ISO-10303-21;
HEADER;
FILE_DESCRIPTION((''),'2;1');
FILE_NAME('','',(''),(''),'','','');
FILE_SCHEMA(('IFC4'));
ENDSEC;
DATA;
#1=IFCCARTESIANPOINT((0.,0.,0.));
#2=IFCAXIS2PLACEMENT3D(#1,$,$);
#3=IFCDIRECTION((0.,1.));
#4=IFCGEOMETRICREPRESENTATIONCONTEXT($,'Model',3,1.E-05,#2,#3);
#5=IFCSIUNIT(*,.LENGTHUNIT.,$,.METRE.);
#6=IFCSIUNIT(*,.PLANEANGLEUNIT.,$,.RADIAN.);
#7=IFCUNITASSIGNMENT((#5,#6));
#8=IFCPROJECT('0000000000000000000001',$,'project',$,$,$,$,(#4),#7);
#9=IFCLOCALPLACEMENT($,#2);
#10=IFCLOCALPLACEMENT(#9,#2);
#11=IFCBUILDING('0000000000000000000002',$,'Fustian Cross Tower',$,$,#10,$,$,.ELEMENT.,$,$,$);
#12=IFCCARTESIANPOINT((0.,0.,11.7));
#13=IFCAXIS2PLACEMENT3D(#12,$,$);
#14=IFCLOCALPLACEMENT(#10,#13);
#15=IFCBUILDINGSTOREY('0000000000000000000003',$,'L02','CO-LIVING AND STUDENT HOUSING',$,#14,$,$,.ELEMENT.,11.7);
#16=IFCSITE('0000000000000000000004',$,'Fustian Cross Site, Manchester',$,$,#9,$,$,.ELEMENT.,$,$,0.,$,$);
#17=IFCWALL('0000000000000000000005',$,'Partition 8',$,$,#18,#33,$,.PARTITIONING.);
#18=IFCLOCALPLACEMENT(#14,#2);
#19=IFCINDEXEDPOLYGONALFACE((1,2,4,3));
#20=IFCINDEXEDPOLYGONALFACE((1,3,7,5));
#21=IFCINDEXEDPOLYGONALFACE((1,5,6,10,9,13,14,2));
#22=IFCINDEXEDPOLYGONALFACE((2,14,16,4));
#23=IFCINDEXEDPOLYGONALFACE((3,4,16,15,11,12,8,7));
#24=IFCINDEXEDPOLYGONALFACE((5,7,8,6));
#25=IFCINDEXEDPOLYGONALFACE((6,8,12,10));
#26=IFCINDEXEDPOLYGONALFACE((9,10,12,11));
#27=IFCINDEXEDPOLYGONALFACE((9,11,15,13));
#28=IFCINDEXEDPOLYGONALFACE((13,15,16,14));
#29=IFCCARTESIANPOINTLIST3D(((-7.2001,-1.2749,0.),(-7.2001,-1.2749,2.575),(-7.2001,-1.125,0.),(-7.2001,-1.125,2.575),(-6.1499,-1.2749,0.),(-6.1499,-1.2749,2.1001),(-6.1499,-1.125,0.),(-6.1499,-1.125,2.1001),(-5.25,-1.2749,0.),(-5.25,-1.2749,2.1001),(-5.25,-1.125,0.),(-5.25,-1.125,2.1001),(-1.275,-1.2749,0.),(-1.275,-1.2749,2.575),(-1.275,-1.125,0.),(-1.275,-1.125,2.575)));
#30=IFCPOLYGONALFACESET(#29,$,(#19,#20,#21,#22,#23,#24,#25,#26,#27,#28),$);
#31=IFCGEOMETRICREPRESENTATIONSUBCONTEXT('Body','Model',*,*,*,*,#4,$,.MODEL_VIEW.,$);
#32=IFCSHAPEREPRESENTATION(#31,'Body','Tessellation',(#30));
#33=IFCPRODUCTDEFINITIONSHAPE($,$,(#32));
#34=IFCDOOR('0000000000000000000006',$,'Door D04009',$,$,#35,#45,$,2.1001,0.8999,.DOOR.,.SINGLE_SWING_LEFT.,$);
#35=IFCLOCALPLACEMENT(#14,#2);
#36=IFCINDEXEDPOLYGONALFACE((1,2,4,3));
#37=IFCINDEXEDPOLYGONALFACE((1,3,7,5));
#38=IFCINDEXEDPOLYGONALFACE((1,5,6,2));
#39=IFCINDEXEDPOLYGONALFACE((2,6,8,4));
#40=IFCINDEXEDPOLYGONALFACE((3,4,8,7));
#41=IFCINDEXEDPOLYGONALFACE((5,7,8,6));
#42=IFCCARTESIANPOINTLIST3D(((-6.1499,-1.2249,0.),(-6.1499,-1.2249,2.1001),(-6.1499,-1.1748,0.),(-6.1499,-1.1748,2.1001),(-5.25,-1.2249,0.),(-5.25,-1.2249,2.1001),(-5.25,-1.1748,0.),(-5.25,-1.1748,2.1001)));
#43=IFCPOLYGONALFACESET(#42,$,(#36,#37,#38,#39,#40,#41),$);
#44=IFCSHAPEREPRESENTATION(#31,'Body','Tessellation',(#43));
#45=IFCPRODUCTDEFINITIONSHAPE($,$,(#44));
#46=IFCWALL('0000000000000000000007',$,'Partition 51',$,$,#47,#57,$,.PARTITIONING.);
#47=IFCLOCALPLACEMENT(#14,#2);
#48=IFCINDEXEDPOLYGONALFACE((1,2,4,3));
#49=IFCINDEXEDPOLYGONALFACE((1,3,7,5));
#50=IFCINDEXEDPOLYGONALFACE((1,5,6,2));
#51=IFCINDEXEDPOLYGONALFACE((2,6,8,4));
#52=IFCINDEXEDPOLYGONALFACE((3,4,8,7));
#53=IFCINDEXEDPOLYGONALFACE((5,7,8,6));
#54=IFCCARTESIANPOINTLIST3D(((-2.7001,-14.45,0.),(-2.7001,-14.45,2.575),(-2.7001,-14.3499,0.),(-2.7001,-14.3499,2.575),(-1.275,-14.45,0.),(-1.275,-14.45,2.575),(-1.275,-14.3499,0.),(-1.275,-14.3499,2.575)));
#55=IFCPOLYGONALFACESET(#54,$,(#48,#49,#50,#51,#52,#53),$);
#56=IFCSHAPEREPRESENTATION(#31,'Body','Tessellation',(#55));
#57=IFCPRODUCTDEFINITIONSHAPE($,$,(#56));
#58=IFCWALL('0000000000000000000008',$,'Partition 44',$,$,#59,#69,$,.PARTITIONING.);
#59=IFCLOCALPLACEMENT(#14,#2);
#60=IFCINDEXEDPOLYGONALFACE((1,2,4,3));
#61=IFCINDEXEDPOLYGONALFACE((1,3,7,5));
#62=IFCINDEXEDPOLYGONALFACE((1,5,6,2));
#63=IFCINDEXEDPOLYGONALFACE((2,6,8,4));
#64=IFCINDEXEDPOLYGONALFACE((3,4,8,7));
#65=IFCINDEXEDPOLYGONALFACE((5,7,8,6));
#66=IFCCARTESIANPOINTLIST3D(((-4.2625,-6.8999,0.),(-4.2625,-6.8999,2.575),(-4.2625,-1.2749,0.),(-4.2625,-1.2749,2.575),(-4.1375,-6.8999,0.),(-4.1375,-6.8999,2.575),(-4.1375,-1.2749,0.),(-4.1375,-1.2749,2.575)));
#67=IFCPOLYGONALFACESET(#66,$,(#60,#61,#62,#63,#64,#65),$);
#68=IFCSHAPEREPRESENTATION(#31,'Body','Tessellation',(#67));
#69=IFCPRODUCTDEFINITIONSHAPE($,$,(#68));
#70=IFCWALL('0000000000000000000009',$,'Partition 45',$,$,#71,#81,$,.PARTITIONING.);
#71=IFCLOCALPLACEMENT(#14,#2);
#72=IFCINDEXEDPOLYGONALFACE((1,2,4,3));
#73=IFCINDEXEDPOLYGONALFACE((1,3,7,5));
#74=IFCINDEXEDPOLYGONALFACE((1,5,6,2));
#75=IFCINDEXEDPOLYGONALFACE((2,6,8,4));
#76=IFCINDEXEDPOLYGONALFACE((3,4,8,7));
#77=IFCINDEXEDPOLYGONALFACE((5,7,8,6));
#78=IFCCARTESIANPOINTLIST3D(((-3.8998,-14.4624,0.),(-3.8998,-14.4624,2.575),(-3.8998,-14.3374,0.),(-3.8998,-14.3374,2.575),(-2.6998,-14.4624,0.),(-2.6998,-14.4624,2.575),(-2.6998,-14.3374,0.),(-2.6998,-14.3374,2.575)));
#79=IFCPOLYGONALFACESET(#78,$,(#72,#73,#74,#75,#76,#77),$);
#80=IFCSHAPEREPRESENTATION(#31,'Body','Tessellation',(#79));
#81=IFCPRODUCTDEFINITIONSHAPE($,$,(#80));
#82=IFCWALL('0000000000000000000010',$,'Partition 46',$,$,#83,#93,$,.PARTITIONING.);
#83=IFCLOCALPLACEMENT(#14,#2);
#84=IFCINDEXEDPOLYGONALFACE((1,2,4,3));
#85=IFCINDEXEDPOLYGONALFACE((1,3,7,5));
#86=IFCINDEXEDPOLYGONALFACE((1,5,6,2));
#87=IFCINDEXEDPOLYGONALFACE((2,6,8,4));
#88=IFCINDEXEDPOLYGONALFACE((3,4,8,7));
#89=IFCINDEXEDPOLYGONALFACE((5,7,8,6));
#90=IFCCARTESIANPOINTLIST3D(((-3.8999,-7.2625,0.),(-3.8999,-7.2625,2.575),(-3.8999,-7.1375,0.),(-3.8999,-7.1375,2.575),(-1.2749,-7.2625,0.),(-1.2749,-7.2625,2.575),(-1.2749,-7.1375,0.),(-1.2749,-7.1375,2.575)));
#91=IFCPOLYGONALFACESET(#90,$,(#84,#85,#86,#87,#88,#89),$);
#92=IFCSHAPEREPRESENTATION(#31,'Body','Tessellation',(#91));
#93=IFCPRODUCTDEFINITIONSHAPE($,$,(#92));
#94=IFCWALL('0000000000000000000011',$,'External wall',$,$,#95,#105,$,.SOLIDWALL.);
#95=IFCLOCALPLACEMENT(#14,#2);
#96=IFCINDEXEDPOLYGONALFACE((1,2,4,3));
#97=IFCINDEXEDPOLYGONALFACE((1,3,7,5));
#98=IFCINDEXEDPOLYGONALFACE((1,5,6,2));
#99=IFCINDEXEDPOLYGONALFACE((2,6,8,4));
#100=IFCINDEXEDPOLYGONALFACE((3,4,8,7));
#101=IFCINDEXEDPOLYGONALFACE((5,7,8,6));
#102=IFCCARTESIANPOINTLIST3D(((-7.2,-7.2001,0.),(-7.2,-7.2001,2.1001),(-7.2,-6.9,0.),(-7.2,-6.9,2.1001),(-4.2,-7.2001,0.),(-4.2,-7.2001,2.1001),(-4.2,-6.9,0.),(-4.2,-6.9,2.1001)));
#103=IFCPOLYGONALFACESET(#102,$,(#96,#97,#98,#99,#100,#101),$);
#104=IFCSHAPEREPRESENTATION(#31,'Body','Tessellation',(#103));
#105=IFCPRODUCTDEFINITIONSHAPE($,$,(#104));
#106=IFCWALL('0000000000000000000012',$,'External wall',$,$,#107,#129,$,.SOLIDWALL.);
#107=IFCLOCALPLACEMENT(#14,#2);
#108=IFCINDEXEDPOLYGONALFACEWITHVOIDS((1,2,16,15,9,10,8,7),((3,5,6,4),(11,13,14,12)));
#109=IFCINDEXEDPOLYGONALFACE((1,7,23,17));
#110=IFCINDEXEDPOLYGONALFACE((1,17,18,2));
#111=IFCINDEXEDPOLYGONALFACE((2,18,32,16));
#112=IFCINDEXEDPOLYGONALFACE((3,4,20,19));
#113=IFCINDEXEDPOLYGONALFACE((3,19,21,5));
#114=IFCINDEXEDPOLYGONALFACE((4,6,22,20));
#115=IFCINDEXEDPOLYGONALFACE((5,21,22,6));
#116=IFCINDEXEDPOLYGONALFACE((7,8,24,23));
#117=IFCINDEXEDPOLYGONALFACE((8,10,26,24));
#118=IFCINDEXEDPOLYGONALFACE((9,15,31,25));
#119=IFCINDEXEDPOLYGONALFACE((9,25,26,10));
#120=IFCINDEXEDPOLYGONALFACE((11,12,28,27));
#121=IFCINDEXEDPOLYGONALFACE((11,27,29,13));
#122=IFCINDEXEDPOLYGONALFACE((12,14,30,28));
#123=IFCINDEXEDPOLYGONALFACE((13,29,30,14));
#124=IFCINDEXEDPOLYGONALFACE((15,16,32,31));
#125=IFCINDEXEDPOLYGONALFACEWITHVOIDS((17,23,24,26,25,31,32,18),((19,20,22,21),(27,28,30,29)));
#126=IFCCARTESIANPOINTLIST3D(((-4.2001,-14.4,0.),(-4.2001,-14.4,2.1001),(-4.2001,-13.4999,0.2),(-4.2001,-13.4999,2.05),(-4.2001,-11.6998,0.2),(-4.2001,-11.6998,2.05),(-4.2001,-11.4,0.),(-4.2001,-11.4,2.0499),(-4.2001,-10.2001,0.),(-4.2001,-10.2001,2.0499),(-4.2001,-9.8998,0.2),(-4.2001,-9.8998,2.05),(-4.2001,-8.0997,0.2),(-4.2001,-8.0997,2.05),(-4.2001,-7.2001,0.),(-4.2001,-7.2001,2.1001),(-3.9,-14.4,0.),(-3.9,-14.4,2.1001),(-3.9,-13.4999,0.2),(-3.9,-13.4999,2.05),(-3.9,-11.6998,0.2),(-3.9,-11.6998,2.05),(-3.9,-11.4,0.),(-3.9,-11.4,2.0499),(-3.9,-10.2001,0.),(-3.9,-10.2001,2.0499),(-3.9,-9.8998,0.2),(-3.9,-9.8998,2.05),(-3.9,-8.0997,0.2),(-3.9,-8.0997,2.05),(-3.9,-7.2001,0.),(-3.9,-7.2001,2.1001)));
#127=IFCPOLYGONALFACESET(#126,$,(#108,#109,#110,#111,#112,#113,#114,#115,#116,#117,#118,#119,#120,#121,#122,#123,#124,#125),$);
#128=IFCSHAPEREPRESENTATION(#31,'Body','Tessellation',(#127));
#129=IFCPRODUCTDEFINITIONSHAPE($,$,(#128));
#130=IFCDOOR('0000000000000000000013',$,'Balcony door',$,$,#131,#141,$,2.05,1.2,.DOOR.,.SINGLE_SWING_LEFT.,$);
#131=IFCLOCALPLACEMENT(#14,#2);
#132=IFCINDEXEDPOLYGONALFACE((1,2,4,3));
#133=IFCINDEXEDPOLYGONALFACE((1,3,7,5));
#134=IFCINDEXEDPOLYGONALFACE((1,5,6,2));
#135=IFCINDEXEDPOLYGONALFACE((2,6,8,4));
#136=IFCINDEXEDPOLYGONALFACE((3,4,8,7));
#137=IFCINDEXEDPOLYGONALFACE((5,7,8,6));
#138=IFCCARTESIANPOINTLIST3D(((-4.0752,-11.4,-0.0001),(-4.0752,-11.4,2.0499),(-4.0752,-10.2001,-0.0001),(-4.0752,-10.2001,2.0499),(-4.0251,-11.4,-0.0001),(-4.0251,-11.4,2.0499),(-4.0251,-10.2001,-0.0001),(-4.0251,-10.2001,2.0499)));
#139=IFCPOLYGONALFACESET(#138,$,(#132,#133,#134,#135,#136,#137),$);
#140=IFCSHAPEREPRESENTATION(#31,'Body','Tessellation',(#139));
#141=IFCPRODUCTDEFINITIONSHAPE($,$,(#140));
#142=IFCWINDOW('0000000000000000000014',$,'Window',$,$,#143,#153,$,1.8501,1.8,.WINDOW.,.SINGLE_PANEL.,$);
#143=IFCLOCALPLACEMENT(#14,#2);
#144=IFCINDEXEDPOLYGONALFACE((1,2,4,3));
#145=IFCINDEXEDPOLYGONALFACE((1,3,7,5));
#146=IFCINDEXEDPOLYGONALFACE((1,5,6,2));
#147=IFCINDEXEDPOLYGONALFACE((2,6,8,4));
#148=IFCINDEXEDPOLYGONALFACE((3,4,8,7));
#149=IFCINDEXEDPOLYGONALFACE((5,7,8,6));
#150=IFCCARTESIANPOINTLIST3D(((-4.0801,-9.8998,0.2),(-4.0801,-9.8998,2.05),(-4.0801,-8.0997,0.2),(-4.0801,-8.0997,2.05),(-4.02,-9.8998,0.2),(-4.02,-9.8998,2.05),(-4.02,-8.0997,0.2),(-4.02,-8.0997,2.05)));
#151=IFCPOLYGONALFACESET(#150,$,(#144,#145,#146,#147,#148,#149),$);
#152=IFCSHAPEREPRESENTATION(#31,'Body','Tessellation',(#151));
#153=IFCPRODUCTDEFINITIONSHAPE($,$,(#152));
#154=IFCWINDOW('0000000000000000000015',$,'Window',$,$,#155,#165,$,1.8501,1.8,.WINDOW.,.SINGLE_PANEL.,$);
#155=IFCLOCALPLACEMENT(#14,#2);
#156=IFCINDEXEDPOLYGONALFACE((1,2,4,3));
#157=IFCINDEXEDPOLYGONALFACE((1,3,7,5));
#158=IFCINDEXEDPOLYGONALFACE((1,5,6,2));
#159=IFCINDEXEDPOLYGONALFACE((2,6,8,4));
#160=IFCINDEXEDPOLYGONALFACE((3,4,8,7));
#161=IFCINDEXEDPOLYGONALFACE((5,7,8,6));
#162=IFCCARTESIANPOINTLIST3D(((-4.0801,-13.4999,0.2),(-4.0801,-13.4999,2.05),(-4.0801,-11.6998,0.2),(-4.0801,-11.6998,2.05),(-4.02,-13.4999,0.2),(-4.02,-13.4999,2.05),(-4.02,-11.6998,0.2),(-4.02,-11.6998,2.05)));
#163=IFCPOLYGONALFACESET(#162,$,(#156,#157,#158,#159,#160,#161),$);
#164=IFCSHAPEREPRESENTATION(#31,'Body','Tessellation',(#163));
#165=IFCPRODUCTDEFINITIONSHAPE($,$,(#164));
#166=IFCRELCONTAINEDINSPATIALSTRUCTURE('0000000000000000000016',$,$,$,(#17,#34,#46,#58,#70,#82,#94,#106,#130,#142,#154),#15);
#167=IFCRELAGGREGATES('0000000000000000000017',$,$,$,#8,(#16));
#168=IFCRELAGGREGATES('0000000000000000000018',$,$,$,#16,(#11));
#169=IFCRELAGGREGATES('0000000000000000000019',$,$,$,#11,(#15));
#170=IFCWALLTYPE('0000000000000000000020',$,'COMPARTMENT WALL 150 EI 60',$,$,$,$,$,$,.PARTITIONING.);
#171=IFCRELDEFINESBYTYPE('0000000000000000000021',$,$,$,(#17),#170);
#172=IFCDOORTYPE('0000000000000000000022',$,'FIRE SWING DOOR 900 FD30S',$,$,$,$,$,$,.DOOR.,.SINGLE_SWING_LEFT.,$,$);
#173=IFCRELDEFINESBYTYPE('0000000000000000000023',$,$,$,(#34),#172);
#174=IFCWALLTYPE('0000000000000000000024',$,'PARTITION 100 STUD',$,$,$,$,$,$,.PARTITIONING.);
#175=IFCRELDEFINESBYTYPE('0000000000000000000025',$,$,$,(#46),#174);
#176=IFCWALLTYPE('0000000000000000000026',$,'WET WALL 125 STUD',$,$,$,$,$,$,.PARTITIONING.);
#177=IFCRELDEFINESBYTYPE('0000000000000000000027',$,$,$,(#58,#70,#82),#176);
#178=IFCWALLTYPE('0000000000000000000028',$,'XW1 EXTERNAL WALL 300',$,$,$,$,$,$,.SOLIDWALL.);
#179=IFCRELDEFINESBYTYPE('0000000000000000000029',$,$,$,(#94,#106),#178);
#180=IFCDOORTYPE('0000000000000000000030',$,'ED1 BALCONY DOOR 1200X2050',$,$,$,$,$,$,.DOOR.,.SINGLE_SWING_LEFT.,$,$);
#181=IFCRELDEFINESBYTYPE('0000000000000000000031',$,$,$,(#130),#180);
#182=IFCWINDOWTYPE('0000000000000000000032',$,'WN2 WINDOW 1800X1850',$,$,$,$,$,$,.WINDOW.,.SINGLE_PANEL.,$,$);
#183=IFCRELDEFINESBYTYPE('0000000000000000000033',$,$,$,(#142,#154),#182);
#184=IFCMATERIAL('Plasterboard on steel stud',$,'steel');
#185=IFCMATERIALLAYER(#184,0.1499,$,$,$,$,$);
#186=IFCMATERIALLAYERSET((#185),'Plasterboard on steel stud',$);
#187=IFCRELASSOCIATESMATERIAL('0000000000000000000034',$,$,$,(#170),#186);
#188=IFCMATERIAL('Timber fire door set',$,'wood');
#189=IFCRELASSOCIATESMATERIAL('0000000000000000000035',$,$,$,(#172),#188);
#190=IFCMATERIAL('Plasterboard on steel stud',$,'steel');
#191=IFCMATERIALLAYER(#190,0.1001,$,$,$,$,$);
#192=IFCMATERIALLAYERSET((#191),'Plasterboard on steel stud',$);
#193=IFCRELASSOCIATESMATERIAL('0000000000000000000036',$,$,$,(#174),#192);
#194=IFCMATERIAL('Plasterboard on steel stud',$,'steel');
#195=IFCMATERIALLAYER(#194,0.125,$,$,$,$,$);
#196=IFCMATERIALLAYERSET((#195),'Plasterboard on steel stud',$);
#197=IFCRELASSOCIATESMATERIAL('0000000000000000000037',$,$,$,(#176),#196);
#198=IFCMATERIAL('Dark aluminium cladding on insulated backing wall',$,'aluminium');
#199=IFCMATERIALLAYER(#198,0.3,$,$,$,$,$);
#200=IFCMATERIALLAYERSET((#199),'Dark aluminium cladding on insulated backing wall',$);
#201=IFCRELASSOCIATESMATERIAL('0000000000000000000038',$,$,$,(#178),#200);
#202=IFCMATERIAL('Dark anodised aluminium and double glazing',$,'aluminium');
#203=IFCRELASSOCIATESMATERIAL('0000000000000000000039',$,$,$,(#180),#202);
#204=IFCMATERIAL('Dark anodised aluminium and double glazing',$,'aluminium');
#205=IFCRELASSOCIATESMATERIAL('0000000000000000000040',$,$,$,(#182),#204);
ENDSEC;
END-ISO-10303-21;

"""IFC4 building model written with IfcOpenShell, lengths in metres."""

from ifc_helpers import new_model, si_unit, direction, frame, frame_2d, origin, place, context, subcontext, project, spatial, rectangle, extrude, material, layer, layer_set, type_object, element, fill, save


model = new_model("IFC4")

# Units and contexts
model_context = context("Model", 3, precision=1e-05, world=origin(), true_north=direction((0.0, 1.0)))
body_context = subcontext(model_context, "Body", "Model", "MODEL_VIEW")
ifc_project = project(units=[si_unit("LENGTHUNIT", "METRE"), si_unit("PLANEANGLEUNIT", "RADIAN")], contexts=[model_context])

# Site, building, storey
site_placement = place(None, origin())
site = spatial("IfcSite", under=ifc_project, at=site_placement, Name="Fustian Cross Site, Manchester", CompositionType="ELEMENT", RefElevation=0.0)
building_placement = place(site_placement, origin())
building = spatial("IfcBuilding", under=site, at=building_placement, Name="Fustian Cross Tower", CompositionType="ELEMENT")
storey_placement = place(building_placement, frame((0.0, 0.0, 11.7)))
storey = spatial("IfcBuildingStorey", under=building, at=storey_placement, Name="L02", Description="CO-LIVING AND STUDENT HOUSING", CompositionType="ELEMENT", Elevation=11.7)

# Wall, opening, door
ifc_material_1 = material(Name="Plasterboard on steel stud", Category="steel")
ifc_layer_1 = layer(ifc_material_1, 0.1499)
ifc_layer_set_1 = layer_set([ifc_layer_1], Name="Plasterboard on steel stud")
wall_type_1 = type_object("IfcWallType", Name="COMPARTMENT WALL 150 EI 60", PredefinedType="PARTITIONING", material=ifc_layer_set_1)
wall_1_placement = place(storey_placement, frame((-7.2, -1.2, 0.0), z_axis=(0.0, 0.0, 1.0), x_axis=(1.0, 0.0, 0.0)))
wall_1 = element("IfcWall", 1, at=wall_1_placement, inside=storey, type_object=wall_type_1, Name="Partition 8", PredefinedType="PARTITIONING", context=body_context, shape_type="SweptSolid", body=[
    extrude(rectangle(XDim=5.925, YDim=0.1499, at=frame_2d((2.9624, 0.0))), origin(), (0.0, 0.0, 1.0), 2.575),
])
opening_1_placement = place(wall_1_placement, frame((1.05, 0.0, 0.0)))
opening_1 = element("IfcOpeningElement", 2, at=opening_1_placement, cuts=wall_1, PredefinedType="OPENING", context=body_context, shape_type="SweptSolid", body=[
    extrude(rectangle(XDim=0.8999, YDim=2.1001, at=frame_2d((0.45, 1.05))), frame((0.0, 0.085, 0.0), z_axis=(0.0, -1.0, 0.0), x_axis=(1.0, 0.0, 0.0)), (0.0, 0.0, 1.0), 0.1699),
])
ifc_material_2 = material(Name="Timber fire door set", Category="wood")
door_type_1 = type_object("IfcDoorType", Name="FIRE SWING DOOR 900 FD30S", OperationType="SINGLE_SWING_LEFT", PredefinedType="DOOR", material=ifc_material_2)
door_1_placement = place(opening_1_placement, frame((0.8999, 0.0, 0.0), z_axis=(0.0, 0.0, 1.0), x_axis=(-1.0, 0.0, 0.0)))
door_1 = element("IfcDoor", 3, at=door_1_placement, inside=storey, type_object=door_type_1, Name="Door D04009", OperationType="SINGLE_SWING_LEFT", OverallHeight=2.1001, OverallWidth=0.8999, PredefinedType="DOOR", context=body_context, shape_type="SweptSolid", body=[
    extrude(rectangle(XDim=0.8999, YDim=2.1001, at=frame_2d((0.45, 1.05))), frame((0.0, 0.0249, 0.0), z_axis=(0.0, -1.0, 0.0), x_axis=(1.0, 0.0, 0.0)), (0.0, 0.0, 1.0), 0.05),
])
fill(opening_1, door_1)

# Walls
ifc_material_3 = material(Name="Plasterboard on steel stud", Category="steel")
ifc_layer_2 = layer(ifc_material_3, 0.1001)
ifc_layer_set_2 = layer_set([ifc_layer_2], Name="Plasterboard on steel stud")
wall_type_2 = type_object("IfcWallType", Name="PARTITION 100 STUD", PredefinedType="PARTITIONING", material=ifc_layer_set_2)
wall_2_placement = place(storey_placement, frame((-2.7, -14.3999, 0.0), z_axis=(0.0, 0.0, 1.0), x_axis=(1.0, 0.0, 0.0)))
element("IfcWall", 4, at=wall_2_placement, inside=storey, type_object=wall_type_2, Name="Partition 51", PredefinedType="PARTITIONING", context=body_context, shape_type="SweptSolid", body=[
    extrude(rectangle(XDim=1.425, YDim=0.1001, at=frame_2d((0.7124, 0.0))), origin(), (0.0, 0.0, 1.0), 2.575),
])
ifc_material_4 = material(Name="Plasterboard on steel stud", Category="steel")
ifc_layer_3 = layer(ifc_material_4, 0.125)
ifc_layer_set_3 = layer_set([ifc_layer_3], Name="Plasterboard on steel stud")
wall_type_3 = type_object("IfcWallType", Name="WET WALL 125 STUD", PredefinedType="PARTITIONING", material=ifc_layer_set_3)
wall_3_placement = place(storey_placement, frame((-4.2, -6.8999, 0.0), z_axis=(0.0, 0.0, 1.0), x_axis=(0.0, 1.0, 0.0)))
element("IfcWall", 5, at=wall_3_placement, inside=storey, type_object=wall_type_3, Name="Partition 44", PredefinedType="PARTITIONING", context=body_context, shape_type="SweptSolid", body=[
    extrude(rectangle(XDim=5.625, YDim=0.125, at=frame_2d((2.8125, 0.0))), origin(), (0.0, 0.0, 1.0), 2.575),
])
wall_4_placement = place(storey_placement, frame((-3.8999, -14.3999, 0.0), z_axis=(0.0, 0.0, 1.0), x_axis=(1.0, 0.0, 0.0)))
element("IfcWall", 6, at=wall_4_placement, inside=storey, type_object=wall_type_3, Name="Partition 45", PredefinedType="PARTITIONING", context=body_context, shape_type="SweptSolid", body=[
    extrude(rectangle(XDim=1.2, YDim=0.125, at=frame_2d((0.6001, 0.0))), origin(), (0.0, 0.0, 1.0), 2.575),
])
wall_5_placement = place(storey_placement, frame((-3.8999, -7.2, 0.0), z_axis=(0.0, 0.0, 1.0), x_axis=(1.0, 0.0, 0.0)))
element("IfcWall", 7, at=wall_5_placement, inside=storey, type_object=wall_type_3, Name="Partition 46", PredefinedType="PARTITIONING", context=body_context, shape_type="SweptSolid", body=[
    extrude(rectangle(XDim=2.625, YDim=0.125, at=frame_2d((1.3125, 0.0))), origin(), (0.0, 0.0, 1.0), 2.575),
])
ifc_material_5 = material(Name="Dark aluminium cladding on insulated backing wall", Category="aluminium")
ifc_layer_4 = layer(ifc_material_5, 0.3)
ifc_layer_set_4 = layer_set([ifc_layer_4], Name="Dark aluminium cladding on insulated backing wall")
wall_type_4 = type_object("IfcWallType", Name="XW1 EXTERNAL WALL 300", PredefinedType="SOLIDWALL", material=ifc_layer_set_4)
wall_6_placement = place(storey_placement, frame((-7.2, -7.05, 0.0), z_axis=(0.0, 0.0, 1.0), x_axis=(1.0, 0.0, 0.0)))
element("IfcWall", 8, at=wall_6_placement, inside=storey, type_object=wall_type_4, Name="External wall", PredefinedType="SOLIDWALL", context=body_context, shape_type="SweptSolid", body=[
    extrude(rectangle(XDim=3.0, YDim=0.3, at=frame_2d((1.5, 0.0))), origin(), (0.0, 0.0, 1.0), 2.1001),
])

# Wall, openings, door, windows
wall_7_placement = place(storey_placement, frame((-4.05, -7.2, 0.0), z_axis=(0.0, 0.0, 1.0), x_axis=(0.0, -1.0, 0.0)))
wall_7 = element("IfcWall", 9, at=wall_7_placement, inside=storey, type_object=wall_type_4, Name="External wall", PredefinedType="SOLIDWALL", context=body_context, shape_type="SweptSolid", body=[
    extrude(rectangle(XDim=7.2, YDim=0.3, at=frame_2d((3.6001, 0.0))), origin(), (0.0, 0.0, 1.0), 2.1001),
])
opening_2_placement = place(wall_7_placement, frame((3.0, 0.0, 0.0)))
opening_2 = element("IfcOpeningElement", 10, at=opening_2_placement, cuts=wall_7, PredefinedType="OPENING", context=body_context, shape_type="SweptSolid", body=[
    extrude(rectangle(XDim=1.2, YDim=2.05, at=frame_2d((0.6001, 1.0249))), frame((0.0, 0.1599, 0.0), z_axis=(0.0, -1.0, 0.0), x_axis=(1.0, 0.0, 0.0)), (0.0, 0.0, 1.0), 0.3201),
])
opening_3_placement = place(wall_7_placement, frame((0.8999, 0.0, 0.2)))
opening_3 = element("IfcOpeningElement", 11, at=opening_3_placement, cuts=wall_7, PredefinedType="OPENING", context=body_context, shape_type="SweptSolid", body=[
    extrude(rectangle(XDim=1.8, YDim=1.8501, at=frame_2d((0.8999, 0.925))), frame((0.0, 0.1599, 0.0), z_axis=(0.0, -1.0, 0.0), x_axis=(1.0, 0.0, 0.0)), (0.0, 0.0, 1.0), 0.3201),
])
opening_4_placement = place(wall_7_placement, frame((4.5, 0.0, 0.2)))
opening_4 = element("IfcOpeningElement", 12, at=opening_4_placement, cuts=wall_7, PredefinedType="OPENING", context=body_context, shape_type="SweptSolid", body=[
    extrude(rectangle(XDim=1.8, YDim=1.8501, at=frame_2d((0.8999, 0.925))), frame((0.0, 0.1599, 0.0), z_axis=(0.0, -1.0, 0.0), x_axis=(1.0, 0.0, 0.0)), (0.0, 0.0, 1.0), 0.3201),
])
ifc_material_6 = material(Name="Dark anodised aluminium and double glazing", Category="aluminium")
door_type_2 = type_object("IfcDoorType", Name="ED1 BALCONY DOOR 1200X2050", OperationType="SINGLE_SWING_LEFT", PredefinedType="DOOR", material=ifc_material_6)
door_2_placement = place(opening_2_placement, origin())
door_2 = element("IfcDoor", 13, at=door_2_placement, inside=storey, type_object=door_type_2, Name="Balcony door", OperationType="SINGLE_SWING_LEFT", OverallHeight=2.05, OverallWidth=1.2, PredefinedType="DOOR", context=body_context, shape_type="SweptSolid", body=[
    extrude(rectangle(XDim=1.2, YDim=2.05, at=frame_2d((0.6001, 1.0249))), frame((0.0, 0.0249, 0.0), z_axis=(0.0, -1.0, 0.0), x_axis=(1.0, 0.0, 0.0)), (0.0, 0.0, 1.0), 0.05),
])
fill(opening_2, door_2)
ifc_material_7 = material(Name="Dark anodised aluminium and double glazing", Category="aluminium")
window_type = type_object("IfcWindowType", Name="WN2 WINDOW 1800X1850", PartitioningType="SINGLE_PANEL", PredefinedType="WINDOW", material=ifc_material_7)
window_1_placement = place(opening_3_placement, origin())
window_1 = element("IfcWindow", 14, at=window_1_placement, inside=storey, type_object=window_type, Name="Window", OverallHeight=1.8501, OverallWidth=1.8, PartitioningType="SINGLE_PANEL", PredefinedType="WINDOW", context=body_context, shape_type="SweptSolid", body=[
    extrude(rectangle(XDim=1.8, YDim=1.8501, at=frame_2d((0.8999, 0.925))), frame((0.0, 0.03, 0.0), z_axis=(0.0, -1.0, 0.0), x_axis=(1.0, 0.0, 0.0)), (0.0, 0.0, 1.0), 0.0601),
])
fill(opening_3, window_1)
window_2_placement = place(opening_4_placement, origin())
window_2 = element("IfcWindow", 15, at=window_2_placement, inside=storey, type_object=window_type, Name="Window", OverallHeight=1.8501, OverallWidth=1.8, PartitioningType="SINGLE_PANEL", PredefinedType="WINDOW", context=body_context, shape_type="SweptSolid", body=[
    extrude(rectangle(XDim=1.8, YDim=1.8501, at=frame_2d((0.8999, 0.925))), frame((0.0, 0.03, 0.0), z_axis=(0.0, -1.0, 0.0), x_axis=(1.0, 0.0, 0.0)), (0.0, 0.0, 1.0), 0.0601),
])
fill(opening_4, window_2)

save(model, "model.ifc")
